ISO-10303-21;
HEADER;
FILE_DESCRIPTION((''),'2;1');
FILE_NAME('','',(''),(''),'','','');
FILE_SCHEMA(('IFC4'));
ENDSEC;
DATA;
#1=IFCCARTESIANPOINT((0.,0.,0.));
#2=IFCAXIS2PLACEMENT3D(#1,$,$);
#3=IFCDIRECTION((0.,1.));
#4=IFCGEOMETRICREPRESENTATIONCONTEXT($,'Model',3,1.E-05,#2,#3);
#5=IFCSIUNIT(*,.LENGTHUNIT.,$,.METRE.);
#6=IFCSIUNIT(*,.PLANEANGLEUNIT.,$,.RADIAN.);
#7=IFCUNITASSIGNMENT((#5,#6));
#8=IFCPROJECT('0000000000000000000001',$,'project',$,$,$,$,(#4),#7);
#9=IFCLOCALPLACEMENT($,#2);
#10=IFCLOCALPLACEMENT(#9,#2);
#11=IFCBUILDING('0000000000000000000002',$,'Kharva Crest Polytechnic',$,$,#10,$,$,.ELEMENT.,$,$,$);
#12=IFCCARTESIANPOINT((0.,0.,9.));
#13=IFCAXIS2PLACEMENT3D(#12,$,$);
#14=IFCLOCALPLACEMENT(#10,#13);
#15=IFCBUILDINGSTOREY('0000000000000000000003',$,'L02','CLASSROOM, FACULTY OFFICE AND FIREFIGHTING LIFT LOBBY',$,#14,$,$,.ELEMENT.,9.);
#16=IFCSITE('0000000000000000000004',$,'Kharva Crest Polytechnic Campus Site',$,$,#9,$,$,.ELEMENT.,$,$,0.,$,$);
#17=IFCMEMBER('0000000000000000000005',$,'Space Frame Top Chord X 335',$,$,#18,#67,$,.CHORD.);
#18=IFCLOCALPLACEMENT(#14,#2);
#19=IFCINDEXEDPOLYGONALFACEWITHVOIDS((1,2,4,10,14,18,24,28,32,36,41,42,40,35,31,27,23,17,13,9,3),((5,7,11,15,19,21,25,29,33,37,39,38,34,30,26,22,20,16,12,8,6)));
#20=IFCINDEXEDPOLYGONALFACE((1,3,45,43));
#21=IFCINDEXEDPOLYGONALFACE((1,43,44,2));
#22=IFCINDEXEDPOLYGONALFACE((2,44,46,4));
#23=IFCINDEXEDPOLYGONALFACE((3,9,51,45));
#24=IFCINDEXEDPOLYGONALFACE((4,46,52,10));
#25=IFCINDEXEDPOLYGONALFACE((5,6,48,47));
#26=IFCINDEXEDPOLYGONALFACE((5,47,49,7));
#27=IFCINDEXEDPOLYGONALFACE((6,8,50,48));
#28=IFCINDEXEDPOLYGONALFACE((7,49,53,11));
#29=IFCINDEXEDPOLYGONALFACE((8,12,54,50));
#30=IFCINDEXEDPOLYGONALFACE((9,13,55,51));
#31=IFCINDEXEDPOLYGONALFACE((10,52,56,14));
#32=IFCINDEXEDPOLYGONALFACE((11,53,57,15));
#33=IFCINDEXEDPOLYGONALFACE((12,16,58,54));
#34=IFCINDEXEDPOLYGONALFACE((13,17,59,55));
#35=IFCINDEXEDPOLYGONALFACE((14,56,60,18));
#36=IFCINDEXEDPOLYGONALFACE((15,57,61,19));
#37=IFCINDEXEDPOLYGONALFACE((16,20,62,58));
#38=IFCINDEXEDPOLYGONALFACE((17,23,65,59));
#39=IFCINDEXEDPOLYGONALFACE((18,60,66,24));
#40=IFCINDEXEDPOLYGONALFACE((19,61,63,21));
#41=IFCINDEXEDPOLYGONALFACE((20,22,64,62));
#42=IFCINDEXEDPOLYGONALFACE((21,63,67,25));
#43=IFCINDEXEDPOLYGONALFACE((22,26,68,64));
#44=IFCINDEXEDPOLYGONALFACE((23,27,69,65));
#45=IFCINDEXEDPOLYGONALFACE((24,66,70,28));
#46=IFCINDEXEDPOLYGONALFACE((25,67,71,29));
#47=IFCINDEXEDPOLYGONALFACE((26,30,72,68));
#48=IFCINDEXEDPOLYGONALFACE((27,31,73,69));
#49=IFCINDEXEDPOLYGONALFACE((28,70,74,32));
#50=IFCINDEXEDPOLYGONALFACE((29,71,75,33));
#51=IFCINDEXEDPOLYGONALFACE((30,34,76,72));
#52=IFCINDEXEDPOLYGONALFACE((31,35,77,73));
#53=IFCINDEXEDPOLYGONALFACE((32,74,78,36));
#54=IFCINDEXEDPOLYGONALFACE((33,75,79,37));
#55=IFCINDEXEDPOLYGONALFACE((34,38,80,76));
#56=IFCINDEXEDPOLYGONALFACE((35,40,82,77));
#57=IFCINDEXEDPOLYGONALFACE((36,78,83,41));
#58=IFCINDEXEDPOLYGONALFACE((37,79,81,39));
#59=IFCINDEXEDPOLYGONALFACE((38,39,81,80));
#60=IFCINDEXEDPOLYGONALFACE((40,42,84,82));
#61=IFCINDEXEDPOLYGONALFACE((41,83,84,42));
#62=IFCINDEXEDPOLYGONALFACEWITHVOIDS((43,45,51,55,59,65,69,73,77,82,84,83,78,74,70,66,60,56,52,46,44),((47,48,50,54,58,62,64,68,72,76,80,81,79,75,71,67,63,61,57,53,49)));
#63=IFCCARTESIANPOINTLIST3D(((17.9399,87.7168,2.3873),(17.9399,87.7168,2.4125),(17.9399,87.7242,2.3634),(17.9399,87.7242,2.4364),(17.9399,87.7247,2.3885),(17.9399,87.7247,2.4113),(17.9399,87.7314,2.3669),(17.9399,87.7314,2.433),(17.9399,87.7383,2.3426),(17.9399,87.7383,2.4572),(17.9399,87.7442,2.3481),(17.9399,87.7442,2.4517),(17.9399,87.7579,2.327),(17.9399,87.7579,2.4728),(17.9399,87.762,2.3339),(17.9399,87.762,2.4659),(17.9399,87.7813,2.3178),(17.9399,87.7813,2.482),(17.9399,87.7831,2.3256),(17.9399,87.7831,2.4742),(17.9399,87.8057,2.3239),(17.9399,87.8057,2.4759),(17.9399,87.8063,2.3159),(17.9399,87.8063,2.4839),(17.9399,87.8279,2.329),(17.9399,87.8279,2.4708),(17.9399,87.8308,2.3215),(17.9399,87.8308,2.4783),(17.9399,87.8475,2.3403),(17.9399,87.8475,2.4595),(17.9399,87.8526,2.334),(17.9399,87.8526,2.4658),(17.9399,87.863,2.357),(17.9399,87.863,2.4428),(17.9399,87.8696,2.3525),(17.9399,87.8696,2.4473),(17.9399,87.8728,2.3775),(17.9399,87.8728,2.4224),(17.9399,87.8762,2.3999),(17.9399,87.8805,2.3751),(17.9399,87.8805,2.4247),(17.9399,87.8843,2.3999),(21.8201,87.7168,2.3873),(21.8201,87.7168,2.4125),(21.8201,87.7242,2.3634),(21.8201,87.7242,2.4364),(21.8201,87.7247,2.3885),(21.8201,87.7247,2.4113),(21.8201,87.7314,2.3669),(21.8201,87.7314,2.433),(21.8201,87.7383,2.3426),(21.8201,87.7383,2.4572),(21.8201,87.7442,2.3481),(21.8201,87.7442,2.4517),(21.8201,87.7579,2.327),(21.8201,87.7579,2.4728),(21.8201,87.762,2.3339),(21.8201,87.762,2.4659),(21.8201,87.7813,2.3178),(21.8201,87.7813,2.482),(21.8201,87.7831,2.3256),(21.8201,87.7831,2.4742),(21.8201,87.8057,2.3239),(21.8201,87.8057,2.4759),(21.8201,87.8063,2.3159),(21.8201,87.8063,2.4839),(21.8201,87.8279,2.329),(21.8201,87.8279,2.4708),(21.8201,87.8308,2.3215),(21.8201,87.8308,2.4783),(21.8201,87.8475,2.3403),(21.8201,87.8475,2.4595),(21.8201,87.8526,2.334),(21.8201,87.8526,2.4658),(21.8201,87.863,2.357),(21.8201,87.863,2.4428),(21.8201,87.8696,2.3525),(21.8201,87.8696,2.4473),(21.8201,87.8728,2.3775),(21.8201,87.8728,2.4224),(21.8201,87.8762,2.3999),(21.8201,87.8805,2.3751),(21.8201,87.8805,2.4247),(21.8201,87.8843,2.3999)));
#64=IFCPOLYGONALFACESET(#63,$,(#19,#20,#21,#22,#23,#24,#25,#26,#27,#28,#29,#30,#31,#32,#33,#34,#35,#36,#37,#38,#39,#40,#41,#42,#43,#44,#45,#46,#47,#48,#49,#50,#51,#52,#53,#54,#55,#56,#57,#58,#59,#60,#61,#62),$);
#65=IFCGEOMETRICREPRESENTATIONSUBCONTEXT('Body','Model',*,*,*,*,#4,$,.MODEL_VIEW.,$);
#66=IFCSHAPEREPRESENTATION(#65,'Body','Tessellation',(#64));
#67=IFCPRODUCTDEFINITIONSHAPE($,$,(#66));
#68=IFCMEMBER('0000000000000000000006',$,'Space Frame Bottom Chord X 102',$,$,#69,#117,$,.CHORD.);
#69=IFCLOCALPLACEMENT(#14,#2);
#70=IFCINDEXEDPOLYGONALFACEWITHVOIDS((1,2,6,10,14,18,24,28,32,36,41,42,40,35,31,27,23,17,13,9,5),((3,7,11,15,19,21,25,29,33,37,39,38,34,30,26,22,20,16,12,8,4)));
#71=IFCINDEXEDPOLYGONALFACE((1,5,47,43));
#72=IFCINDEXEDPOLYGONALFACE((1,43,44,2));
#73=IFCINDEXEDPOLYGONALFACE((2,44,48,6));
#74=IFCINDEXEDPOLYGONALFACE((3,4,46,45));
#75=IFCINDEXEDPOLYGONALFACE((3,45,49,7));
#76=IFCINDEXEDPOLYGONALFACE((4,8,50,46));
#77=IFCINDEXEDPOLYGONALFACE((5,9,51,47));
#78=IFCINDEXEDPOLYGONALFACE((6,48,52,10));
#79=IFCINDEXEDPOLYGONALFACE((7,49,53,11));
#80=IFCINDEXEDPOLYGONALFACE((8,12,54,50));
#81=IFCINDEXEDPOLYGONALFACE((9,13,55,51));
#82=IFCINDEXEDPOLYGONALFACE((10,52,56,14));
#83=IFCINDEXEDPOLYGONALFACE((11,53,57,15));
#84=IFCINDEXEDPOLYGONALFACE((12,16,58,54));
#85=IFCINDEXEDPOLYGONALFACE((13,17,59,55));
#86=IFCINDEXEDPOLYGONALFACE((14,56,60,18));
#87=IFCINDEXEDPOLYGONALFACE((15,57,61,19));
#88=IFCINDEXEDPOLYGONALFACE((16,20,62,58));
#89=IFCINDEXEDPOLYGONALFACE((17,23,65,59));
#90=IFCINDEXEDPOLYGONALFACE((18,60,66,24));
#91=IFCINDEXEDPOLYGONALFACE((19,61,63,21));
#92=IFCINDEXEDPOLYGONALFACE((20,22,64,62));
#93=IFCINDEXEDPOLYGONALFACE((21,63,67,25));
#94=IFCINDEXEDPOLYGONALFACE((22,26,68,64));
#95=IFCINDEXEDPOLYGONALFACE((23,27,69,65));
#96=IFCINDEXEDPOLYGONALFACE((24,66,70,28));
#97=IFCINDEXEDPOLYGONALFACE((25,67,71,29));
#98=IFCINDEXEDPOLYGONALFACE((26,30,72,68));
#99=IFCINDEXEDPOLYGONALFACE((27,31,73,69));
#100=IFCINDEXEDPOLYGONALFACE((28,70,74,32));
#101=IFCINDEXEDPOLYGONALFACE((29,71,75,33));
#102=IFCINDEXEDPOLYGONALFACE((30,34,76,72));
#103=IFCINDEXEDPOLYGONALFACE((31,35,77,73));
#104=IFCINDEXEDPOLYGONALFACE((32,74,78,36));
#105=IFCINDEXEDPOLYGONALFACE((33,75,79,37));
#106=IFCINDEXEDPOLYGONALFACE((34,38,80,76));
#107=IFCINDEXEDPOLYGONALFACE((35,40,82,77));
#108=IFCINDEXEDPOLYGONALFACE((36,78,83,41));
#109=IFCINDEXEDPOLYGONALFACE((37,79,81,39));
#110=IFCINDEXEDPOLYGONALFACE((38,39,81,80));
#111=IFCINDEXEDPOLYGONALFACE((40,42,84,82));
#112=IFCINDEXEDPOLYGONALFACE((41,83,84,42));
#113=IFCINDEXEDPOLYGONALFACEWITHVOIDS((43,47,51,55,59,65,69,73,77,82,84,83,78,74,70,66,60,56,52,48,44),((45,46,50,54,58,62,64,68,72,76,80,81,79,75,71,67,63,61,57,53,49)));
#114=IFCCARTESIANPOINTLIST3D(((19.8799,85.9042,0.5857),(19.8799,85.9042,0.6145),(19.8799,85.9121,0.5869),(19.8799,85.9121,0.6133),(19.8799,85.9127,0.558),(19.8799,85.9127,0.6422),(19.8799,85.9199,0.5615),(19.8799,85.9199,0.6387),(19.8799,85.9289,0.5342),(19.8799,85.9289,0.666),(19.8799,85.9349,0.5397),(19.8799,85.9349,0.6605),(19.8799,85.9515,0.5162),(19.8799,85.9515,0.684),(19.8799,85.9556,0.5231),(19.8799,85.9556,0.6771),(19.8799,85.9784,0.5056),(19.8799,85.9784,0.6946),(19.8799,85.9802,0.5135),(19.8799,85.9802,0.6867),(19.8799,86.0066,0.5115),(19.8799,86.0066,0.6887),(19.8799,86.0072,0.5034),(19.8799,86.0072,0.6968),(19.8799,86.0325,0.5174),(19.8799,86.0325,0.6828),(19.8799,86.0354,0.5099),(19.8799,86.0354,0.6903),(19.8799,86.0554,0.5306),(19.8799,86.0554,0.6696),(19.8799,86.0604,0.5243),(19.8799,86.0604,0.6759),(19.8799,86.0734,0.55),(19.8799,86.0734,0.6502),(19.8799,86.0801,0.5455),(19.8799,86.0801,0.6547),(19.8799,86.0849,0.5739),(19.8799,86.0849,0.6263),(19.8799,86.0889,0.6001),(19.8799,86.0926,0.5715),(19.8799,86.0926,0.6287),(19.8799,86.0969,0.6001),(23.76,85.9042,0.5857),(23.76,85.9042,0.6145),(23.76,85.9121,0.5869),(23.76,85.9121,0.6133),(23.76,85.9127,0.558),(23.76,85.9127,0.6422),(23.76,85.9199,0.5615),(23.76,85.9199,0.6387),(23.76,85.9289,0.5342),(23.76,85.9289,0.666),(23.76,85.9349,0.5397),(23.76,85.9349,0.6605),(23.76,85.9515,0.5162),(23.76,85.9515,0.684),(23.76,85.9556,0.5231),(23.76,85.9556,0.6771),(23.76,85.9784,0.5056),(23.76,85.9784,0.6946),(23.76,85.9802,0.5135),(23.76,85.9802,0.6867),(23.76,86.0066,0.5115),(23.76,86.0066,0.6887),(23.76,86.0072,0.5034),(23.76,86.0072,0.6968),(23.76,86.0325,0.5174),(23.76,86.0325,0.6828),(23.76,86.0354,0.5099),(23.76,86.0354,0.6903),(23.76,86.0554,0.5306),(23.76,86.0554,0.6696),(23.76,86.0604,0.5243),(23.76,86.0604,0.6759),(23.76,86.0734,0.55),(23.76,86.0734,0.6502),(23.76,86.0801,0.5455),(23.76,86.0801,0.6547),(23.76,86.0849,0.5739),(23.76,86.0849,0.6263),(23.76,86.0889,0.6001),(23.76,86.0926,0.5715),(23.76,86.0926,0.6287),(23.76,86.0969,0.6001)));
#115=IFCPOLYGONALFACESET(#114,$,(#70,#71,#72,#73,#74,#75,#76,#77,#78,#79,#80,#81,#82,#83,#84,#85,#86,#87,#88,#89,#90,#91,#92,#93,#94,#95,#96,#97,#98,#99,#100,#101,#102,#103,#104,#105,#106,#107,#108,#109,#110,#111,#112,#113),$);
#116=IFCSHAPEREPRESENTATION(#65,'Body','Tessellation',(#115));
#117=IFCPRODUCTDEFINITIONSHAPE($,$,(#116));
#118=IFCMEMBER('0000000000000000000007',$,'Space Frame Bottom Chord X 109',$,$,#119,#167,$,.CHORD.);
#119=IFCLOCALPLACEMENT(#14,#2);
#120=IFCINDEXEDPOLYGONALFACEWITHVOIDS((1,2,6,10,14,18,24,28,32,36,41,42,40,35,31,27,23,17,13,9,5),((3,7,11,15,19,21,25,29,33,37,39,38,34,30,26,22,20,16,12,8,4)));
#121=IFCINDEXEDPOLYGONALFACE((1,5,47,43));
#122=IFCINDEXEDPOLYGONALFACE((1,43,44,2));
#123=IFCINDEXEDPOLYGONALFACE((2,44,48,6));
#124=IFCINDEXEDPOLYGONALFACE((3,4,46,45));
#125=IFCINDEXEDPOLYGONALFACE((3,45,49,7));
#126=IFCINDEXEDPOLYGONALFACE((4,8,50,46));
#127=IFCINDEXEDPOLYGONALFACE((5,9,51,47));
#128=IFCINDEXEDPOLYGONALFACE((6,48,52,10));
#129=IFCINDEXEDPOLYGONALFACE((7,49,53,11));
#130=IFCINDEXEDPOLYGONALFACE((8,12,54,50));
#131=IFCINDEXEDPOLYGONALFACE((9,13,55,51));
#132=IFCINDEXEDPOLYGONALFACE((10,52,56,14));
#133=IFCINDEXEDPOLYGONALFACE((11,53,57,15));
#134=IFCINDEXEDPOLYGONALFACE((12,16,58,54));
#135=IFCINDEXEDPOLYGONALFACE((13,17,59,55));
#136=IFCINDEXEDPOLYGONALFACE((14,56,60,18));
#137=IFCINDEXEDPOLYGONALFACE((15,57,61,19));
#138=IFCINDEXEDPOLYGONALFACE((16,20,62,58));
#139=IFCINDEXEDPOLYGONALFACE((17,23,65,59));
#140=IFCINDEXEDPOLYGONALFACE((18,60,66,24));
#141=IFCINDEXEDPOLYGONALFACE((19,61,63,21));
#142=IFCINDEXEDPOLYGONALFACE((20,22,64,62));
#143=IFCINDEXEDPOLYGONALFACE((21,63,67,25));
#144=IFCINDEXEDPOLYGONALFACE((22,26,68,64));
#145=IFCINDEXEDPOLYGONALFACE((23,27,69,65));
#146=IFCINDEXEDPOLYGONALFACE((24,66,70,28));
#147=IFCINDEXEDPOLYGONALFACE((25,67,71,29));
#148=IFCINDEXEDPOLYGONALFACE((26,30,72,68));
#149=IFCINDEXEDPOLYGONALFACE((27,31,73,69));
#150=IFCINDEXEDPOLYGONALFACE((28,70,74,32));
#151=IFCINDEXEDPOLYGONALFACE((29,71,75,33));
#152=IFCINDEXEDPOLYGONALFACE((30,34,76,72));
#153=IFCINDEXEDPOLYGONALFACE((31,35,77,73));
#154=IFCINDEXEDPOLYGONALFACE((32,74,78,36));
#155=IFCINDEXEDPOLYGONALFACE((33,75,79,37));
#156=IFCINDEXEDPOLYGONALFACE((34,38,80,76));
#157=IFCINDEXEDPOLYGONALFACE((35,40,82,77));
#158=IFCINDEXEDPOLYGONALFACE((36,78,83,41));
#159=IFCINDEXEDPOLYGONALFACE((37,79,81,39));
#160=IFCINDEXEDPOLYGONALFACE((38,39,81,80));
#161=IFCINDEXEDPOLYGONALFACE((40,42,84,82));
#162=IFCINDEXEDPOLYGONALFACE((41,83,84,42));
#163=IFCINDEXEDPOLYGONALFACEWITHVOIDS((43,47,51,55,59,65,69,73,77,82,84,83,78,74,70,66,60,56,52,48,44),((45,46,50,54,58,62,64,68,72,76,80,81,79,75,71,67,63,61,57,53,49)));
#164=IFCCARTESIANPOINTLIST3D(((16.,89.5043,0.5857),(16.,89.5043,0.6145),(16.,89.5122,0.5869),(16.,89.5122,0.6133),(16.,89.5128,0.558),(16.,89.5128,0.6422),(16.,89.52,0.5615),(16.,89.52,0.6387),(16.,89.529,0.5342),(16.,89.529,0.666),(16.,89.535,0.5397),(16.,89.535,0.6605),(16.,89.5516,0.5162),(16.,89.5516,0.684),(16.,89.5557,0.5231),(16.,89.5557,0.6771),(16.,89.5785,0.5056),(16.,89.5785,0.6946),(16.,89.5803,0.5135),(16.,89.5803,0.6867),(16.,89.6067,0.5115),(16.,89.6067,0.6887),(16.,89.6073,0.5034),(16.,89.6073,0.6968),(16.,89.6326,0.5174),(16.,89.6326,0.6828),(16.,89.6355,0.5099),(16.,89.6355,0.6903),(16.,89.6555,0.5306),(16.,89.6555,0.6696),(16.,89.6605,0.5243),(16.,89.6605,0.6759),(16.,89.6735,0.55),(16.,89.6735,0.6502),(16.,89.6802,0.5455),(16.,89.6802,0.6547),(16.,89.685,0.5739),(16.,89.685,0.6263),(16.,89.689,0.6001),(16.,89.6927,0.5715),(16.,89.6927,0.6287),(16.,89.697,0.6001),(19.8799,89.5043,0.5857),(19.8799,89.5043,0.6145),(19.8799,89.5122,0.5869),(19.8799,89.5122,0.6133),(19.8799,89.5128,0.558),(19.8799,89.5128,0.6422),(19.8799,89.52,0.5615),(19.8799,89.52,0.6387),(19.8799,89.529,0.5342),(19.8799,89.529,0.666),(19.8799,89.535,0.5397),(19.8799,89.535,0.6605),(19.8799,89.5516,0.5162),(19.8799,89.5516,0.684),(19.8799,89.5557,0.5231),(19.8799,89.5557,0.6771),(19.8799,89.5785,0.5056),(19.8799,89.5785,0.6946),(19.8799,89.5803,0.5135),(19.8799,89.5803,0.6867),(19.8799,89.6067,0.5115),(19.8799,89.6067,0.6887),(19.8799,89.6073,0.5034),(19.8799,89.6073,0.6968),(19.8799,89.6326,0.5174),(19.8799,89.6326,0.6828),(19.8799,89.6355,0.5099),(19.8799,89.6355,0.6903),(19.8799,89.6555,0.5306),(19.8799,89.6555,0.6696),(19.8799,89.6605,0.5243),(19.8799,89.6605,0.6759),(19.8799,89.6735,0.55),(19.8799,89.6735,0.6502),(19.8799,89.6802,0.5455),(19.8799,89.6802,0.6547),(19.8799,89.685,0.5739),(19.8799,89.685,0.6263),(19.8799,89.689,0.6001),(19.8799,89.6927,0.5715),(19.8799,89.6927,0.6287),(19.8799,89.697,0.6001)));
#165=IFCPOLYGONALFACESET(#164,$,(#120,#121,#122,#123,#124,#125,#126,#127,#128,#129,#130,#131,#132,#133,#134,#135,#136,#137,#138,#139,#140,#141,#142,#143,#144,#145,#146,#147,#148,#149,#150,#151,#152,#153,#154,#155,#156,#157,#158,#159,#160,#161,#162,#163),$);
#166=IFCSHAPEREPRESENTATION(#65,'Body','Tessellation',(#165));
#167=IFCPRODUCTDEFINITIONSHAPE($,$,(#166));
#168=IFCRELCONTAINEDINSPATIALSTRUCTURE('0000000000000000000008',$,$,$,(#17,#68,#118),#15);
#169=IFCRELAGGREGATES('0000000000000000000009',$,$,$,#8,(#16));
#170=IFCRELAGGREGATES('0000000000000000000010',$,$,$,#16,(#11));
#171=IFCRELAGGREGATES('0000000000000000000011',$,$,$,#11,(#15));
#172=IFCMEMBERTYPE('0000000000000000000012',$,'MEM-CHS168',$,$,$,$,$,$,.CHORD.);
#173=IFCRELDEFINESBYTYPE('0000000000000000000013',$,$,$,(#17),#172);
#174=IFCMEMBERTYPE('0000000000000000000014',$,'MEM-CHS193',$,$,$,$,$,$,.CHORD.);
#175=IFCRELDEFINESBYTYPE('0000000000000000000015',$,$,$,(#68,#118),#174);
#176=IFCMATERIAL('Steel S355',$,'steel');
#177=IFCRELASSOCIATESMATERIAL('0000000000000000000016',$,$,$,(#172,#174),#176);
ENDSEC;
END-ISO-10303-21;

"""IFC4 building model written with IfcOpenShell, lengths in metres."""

from ifc_helpers import new_model, si_unit, direction, frame, origin, origin_2d, place, context, subcontext, project, spatial, hollow_circle, extrude, material, material_profile, profile_set, type_object, element, save


model = new_model("IFC4")

# Units and contexts
model_context = context("Model", 3, precision=1e-05, world=origin(), true_north=direction((0.0, 1.0)))
body_context = subcontext(model_context, "Body", "Model", "MODEL_VIEW")
ifc_project = project(units=[si_unit("LENGTHUNIT", "METRE"), si_unit("PLANEANGLEUNIT", "RADIAN")], contexts=[model_context])

# Site, building, storey
site_placement = place(None, origin())
site = spatial("IfcSite", under=ifc_project, at=site_placement, Name="Kharva Crest Polytechnic Campus Site", CompositionType="ELEMENT", RefElevation=0.0)
building_placement = place(site_placement, origin())
building = spatial("IfcBuilding", under=site, at=building_placement, Name="Kharva Crest Polytechnic", CompositionType="ELEMENT")
storey_placement = place(building_placement, frame((0.0, 0.0, 9.0)))
storey = spatial("IfcBuildingStorey", under=building, at=storey_placement, Name="L02", Description="CLASSROOM, FACULTY OFFICE AND FIREFIGHTING LIFT LOBBY", CompositionType="ELEMENT", Elevation=9.0)

# Shared definitions
ifc_material_1 = material(Name="Steel S355", Category="steel")

# Members
ifc_material_profile_1 = material_profile(ifc_material_1, hollow_circle(Radius=0.0842, WallThickness=0.0081, at=origin_2d()), Name="CHS 168.3X8.0")
ifc_profile_set_1 = profile_set([ifc_material_profile_1], Name="Steel S355")
member_type_1 = type_object("IfcMemberType", Name="MEM-CHS168", PredefinedType="CHORD", material=ifc_profile_set_1)
member_1_placement = place(storey_placement, frame((17.9399, 87.8, 2.3999), z_axis=(1.0, 0.0, 0.0), x_axis=(0.0, 1.0, 0.0)))
element("IfcMember", 1, at=member_1_placement, inside=storey, type_object=member_type_1, Name="Space Frame Top Chord X 335", PredefinedType="CHORD", context=body_context, shape_type="SweptSolid", body=[
    extrude(hollow_circle(Radius=0.0842, WallThickness=0.0081, at=origin_2d()), origin(), (0.0, 0.0, 1.0), 3.8801),
])
ifc_material_profile_2 = material_profile(ifc_material_1, hollow_circle(Radius=0.0969, WallThickness=0.0081, at=origin_2d()), Name="CHS 193.7X8.0")
ifc_profile_set_2 = profile_set([ifc_material_profile_2], Name="Steel S355")
member_type_2 = type_object("IfcMemberType", Name="MEM-CHS193", PredefinedType="CHORD", material=ifc_profile_set_2)
member_2_placement = place(storey_placement, frame((19.8799, 86.0, 0.6001), z_axis=(1.0, 0.0, 0.0), x_axis=(0.0, 1.0, 0.0)))
element("IfcMember", 2, at=member_2_placement, inside=storey, type_object=member_type_2, Name="Space Frame Bottom Chord X 102", PredefinedType="CHORD", context=body_context, shape_type="SweptSolid", body=[
    extrude(hollow_circle(Radius=0.0969, WallThickness=0.0081, at=origin_2d()), origin(), (0.0, 0.0, 1.0), 3.8801),
])
member_3_placement = place(storey_placement, frame((16.0, 89.6001, 0.6001), z_axis=(1.0, 0.0, 0.0), x_axis=(0.0, 1.0, 0.0)))
element("IfcMember", 3, at=member_3_placement, inside=storey, type_object=member_type_2, Name="Space Frame Bottom Chord X 109", PredefinedType="CHORD", context=body_context, shape_type="SweptSolid", body=[
    extrude(hollow_circle(Radius=0.0969, WallThickness=0.0081, at=origin_2d()), origin(), (0.0, 0.0, 1.0), 3.8799),
])

save(model, "model.ifc")
